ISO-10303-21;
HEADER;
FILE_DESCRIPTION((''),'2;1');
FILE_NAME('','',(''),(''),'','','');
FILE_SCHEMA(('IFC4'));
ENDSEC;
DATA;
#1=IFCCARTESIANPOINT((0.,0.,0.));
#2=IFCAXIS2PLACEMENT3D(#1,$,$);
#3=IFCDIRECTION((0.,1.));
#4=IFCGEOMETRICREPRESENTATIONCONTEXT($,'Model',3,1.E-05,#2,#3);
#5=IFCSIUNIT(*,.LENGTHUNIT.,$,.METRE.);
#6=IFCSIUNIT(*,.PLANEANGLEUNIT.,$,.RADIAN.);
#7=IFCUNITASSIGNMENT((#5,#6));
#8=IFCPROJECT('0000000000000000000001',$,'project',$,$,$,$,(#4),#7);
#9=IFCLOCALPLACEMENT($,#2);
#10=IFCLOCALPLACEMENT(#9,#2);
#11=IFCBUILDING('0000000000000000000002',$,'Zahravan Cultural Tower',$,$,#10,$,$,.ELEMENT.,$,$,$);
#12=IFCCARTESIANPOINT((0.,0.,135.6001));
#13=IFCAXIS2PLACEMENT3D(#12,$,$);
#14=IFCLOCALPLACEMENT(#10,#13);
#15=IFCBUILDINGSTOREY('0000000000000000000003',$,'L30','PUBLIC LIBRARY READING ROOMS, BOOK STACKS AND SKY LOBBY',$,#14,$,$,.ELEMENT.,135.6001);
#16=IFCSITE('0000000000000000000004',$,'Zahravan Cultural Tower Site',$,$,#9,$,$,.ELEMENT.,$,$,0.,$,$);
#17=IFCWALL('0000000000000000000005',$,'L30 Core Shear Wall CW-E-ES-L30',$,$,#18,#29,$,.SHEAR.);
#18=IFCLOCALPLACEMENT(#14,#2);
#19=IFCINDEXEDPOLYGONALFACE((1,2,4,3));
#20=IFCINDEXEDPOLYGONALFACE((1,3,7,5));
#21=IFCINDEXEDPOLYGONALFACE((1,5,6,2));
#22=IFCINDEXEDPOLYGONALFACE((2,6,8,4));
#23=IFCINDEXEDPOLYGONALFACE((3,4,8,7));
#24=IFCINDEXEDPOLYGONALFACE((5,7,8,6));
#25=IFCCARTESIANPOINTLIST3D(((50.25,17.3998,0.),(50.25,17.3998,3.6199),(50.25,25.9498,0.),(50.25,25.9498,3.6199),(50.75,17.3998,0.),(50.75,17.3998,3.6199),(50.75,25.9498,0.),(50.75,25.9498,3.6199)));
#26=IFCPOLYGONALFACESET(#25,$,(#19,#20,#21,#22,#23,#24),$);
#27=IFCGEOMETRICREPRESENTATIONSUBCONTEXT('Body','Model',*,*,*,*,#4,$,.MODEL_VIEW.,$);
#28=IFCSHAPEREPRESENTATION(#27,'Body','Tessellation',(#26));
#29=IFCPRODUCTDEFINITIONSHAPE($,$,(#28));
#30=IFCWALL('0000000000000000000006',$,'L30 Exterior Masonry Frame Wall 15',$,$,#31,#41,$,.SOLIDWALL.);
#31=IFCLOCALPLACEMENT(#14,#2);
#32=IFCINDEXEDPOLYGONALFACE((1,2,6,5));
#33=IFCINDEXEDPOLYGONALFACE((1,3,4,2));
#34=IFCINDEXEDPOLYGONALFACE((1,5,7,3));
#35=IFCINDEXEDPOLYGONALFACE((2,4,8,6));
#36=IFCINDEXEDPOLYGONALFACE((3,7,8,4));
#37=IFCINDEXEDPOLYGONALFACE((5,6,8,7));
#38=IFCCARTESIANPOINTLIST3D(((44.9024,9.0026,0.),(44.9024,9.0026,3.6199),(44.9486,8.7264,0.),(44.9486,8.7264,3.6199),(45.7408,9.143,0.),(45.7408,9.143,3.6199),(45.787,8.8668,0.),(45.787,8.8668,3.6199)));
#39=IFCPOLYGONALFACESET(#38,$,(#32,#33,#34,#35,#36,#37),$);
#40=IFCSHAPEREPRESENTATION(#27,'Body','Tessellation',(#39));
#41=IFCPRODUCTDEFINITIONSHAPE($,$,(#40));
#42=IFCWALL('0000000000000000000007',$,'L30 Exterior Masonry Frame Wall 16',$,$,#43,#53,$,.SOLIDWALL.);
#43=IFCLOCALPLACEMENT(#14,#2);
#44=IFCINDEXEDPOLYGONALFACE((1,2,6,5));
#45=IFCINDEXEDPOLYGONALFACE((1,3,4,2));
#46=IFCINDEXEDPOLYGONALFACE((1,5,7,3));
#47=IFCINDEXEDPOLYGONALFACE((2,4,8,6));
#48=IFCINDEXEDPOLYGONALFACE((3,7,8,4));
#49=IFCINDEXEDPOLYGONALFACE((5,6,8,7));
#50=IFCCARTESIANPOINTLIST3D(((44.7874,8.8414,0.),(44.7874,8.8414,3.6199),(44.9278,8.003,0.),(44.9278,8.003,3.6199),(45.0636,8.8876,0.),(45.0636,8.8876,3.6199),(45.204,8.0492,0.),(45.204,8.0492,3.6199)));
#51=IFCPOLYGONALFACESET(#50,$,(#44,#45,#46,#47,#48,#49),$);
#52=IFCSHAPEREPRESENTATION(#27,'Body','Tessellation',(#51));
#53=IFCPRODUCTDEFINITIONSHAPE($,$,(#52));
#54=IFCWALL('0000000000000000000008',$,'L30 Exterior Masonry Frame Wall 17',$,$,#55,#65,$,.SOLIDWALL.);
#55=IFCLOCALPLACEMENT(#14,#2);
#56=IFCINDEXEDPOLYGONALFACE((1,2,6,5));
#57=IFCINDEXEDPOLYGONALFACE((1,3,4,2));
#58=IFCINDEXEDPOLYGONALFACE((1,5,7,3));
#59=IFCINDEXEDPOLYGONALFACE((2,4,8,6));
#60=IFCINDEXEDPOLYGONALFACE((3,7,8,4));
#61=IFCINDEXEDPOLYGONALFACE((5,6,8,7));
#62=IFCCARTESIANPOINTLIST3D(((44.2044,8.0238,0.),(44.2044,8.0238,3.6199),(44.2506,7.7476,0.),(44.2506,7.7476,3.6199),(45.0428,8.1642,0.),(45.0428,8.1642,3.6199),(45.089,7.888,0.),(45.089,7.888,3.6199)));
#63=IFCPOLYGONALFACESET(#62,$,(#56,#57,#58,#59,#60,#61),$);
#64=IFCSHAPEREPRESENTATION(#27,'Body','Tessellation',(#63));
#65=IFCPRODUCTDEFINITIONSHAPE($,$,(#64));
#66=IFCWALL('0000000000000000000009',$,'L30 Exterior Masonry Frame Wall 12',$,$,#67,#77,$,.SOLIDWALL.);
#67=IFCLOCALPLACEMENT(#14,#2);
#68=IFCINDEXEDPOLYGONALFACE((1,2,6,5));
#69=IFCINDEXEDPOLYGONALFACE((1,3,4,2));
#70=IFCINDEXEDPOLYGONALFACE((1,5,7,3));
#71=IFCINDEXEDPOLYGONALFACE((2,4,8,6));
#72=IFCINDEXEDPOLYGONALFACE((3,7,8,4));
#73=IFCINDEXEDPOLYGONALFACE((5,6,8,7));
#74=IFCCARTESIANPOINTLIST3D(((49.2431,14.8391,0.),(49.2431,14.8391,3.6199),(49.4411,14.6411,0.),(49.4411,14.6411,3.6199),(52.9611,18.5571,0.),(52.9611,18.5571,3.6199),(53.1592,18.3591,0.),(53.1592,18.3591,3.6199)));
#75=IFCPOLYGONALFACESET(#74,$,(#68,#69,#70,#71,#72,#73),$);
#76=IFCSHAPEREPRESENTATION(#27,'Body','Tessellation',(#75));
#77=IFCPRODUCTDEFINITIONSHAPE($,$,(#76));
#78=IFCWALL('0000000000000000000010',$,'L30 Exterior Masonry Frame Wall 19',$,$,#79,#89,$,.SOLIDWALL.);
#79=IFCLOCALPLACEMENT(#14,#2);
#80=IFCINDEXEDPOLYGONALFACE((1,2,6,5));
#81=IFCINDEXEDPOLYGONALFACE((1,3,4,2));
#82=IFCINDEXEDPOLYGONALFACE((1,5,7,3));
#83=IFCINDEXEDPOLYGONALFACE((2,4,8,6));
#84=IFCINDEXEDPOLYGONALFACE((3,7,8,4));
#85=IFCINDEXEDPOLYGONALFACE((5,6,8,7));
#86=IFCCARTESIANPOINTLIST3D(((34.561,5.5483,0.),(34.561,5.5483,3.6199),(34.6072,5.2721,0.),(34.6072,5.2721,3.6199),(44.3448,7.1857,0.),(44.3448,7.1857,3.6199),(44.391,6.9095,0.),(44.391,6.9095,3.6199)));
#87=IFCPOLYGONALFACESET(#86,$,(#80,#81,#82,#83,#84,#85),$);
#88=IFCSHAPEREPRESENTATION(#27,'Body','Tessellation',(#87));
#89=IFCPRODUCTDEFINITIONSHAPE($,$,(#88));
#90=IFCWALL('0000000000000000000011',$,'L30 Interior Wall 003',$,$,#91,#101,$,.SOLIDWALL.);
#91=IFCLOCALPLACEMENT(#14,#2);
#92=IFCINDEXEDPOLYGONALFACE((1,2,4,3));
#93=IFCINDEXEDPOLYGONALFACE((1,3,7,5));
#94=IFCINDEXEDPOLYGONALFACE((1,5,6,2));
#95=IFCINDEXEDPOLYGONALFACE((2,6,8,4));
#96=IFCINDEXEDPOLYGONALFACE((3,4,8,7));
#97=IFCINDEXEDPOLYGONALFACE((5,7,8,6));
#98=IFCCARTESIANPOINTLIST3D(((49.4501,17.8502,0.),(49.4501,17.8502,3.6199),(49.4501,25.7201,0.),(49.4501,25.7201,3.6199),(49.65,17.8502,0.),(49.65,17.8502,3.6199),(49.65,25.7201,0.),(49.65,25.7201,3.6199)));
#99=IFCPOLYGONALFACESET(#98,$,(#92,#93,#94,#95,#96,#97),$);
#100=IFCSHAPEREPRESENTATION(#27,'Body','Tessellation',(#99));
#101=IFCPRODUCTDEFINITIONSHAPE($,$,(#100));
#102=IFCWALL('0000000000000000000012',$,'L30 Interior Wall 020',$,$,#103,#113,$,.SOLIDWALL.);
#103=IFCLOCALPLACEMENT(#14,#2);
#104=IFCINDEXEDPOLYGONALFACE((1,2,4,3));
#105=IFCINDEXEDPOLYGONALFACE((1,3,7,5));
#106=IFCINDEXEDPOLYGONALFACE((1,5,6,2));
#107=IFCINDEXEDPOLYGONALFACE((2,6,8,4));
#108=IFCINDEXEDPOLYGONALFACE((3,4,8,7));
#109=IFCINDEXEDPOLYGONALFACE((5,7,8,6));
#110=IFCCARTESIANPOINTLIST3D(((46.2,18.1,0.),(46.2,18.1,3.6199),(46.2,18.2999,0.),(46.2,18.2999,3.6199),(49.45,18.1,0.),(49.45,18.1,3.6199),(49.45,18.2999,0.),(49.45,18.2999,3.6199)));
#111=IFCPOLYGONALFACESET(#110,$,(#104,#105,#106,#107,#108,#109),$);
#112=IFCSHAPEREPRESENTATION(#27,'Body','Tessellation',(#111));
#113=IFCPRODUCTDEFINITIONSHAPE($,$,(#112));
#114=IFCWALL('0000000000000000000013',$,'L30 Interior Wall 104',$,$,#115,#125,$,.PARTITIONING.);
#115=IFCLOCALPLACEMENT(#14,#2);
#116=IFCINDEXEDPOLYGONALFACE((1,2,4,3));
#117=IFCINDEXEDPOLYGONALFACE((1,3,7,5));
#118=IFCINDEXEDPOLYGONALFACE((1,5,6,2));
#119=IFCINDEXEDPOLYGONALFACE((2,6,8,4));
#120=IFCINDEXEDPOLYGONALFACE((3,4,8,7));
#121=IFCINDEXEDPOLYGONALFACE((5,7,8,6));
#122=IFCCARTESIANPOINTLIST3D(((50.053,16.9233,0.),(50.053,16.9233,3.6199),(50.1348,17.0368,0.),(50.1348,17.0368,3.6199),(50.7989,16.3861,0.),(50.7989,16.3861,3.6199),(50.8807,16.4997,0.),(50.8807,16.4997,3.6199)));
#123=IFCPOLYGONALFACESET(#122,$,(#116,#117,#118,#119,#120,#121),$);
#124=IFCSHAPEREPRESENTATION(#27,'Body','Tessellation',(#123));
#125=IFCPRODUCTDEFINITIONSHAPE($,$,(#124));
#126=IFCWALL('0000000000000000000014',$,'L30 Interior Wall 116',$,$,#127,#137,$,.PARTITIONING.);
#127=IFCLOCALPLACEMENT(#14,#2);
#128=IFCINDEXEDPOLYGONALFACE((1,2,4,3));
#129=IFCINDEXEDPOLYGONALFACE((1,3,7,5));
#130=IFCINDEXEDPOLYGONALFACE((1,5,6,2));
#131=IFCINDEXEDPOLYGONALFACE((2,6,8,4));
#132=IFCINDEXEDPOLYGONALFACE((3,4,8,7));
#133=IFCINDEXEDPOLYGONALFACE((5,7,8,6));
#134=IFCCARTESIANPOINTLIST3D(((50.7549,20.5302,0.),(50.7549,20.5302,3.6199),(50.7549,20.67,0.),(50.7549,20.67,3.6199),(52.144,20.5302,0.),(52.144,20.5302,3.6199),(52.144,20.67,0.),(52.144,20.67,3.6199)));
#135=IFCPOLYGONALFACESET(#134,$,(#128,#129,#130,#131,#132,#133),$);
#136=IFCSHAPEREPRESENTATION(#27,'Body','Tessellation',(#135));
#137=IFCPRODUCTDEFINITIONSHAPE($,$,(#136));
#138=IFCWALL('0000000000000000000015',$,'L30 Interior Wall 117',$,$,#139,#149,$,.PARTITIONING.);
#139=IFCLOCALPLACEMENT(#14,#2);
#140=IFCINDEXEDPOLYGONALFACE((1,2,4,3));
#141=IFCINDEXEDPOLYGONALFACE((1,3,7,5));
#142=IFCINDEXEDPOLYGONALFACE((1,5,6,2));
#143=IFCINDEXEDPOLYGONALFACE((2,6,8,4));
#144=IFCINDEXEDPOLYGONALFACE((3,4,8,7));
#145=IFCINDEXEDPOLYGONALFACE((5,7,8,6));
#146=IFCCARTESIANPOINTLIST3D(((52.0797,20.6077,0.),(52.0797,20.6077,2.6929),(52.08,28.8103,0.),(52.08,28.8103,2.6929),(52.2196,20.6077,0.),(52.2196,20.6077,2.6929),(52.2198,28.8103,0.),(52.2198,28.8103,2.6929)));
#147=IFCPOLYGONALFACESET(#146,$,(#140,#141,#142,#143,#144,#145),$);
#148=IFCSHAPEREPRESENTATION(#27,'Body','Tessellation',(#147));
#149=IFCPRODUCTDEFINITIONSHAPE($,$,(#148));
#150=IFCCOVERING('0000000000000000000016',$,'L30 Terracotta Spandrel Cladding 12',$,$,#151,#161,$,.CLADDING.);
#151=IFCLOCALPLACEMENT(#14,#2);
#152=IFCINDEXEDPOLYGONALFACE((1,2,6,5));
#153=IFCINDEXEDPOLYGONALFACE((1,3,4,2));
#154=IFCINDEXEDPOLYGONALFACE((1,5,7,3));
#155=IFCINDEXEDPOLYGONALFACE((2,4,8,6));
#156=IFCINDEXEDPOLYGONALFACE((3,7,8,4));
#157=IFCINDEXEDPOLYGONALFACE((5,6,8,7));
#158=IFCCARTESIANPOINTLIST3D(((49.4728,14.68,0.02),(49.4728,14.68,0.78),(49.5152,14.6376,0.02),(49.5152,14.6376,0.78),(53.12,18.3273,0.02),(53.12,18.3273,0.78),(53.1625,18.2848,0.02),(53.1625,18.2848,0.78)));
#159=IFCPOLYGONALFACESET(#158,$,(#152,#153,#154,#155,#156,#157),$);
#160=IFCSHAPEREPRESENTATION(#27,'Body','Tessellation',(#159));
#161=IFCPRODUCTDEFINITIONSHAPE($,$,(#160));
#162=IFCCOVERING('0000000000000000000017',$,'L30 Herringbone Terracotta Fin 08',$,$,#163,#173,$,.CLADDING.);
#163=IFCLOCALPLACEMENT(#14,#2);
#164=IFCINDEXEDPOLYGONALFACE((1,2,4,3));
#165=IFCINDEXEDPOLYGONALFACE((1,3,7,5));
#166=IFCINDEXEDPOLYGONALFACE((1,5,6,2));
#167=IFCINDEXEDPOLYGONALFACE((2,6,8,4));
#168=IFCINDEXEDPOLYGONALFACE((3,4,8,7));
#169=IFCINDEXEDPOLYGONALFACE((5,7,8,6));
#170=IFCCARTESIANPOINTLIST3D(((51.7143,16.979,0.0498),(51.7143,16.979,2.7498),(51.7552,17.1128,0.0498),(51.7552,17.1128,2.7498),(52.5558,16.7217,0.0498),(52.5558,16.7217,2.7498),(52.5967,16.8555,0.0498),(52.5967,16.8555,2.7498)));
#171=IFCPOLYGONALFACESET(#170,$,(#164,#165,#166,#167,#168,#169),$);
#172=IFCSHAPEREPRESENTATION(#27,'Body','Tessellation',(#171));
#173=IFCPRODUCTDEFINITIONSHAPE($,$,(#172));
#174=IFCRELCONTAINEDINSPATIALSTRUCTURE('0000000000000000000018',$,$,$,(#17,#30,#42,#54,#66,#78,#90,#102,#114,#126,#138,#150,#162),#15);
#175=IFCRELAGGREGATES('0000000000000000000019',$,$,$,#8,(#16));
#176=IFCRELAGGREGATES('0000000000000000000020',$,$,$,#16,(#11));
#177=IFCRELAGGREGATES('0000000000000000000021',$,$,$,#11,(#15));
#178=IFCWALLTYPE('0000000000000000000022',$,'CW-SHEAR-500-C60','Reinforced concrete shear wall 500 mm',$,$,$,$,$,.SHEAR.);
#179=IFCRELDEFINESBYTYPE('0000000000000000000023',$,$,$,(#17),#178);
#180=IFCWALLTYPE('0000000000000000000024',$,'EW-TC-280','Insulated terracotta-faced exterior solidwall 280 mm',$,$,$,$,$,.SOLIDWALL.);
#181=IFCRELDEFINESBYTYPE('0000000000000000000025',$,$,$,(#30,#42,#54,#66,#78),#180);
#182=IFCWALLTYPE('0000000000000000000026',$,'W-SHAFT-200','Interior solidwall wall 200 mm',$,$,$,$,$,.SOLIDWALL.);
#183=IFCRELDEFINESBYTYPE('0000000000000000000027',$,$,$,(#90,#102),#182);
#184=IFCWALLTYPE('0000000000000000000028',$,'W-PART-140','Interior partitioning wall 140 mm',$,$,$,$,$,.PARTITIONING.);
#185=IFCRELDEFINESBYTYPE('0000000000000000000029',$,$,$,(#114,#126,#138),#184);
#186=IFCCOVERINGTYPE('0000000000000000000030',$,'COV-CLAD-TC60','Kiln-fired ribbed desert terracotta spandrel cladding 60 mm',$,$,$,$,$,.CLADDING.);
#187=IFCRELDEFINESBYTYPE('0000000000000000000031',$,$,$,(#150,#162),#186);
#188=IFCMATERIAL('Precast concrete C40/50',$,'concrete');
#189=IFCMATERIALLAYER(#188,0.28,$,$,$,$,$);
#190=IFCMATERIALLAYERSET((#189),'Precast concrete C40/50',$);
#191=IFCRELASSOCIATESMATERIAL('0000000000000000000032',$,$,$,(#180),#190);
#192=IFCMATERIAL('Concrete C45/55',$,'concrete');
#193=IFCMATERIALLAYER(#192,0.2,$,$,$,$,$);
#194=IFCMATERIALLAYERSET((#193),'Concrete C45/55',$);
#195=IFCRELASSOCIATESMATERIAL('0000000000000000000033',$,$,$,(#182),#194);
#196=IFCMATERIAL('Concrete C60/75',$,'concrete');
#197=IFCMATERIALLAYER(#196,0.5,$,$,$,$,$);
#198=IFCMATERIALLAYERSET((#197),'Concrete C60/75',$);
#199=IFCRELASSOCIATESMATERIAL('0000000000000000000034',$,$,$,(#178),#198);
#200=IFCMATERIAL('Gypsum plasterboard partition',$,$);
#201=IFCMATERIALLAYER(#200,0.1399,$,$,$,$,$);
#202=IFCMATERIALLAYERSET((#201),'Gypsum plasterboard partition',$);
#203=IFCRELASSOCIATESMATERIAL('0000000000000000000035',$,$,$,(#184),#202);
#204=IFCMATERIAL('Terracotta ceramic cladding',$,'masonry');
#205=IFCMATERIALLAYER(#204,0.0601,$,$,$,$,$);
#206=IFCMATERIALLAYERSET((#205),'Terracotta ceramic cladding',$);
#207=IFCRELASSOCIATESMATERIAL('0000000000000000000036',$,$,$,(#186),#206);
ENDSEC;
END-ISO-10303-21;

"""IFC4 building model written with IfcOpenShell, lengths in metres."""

from ifc_helpers import new_model, si_unit, direction, frame, frame_2d, origin, origin_2d, place, context, subcontext, project, spatial, rectangle, extrude, source, transform, mapped, material, layer, layer_set, type_object, element, save


model = new_model("IFC4")

# Units and contexts
model_context = context("Model", 3, precision=1e-05, world=origin(), true_north=direction((0.0, 1.0)))
body_context = subcontext(model_context, "Body", "Model", "MODEL_VIEW")
ifc_project = project(units=[si_unit("LENGTHUNIT", "METRE"), si_unit("PLANEANGLEUNIT", "RADIAN")], contexts=[model_context])

# Site, building, storey
site_placement = place(None, origin())
site = spatial("IfcSite", under=ifc_project, at=site_placement, Name="Zahravan Cultural Tower Site", CompositionType="ELEMENT", RefElevation=0.0)
building_placement = place(site_placement, origin())
building = spatial("IfcBuilding", under=site, at=building_placement, Name="Zahravan Cultural Tower", CompositionType="ELEMENT")
storey_placement = place(building_placement, frame((0.0, 0.0, 135.6001)))
storey = spatial("IfcBuildingStorey", under=building, at=storey_placement, Name="L30", Description="PUBLIC LIBRARY READING ROOMS, BOOK STACKS AND SKY LOBBY", CompositionType="ELEMENT", Elevation=135.6001)

# Shared definitions
ifc_material_1 = material(Name="Precast concrete C40/50", Category="concrete")
ifc_layer_1 = layer(ifc_material_1, 0.28)
ifc_layer_set_1 = layer_set([ifc_layer_1], Name="Precast concrete C40/50")
wall_type_1 = type_object("IfcWallType", Name="EW-TC-280", Description="Insulated terracotta-faced exterior solidwall 280 mm", PredefinedType="SOLIDWALL", material=ifc_layer_set_1)

# Shared definitions
ifc_material_2 = material(Name="Concrete C45/55", Category="concrete")
ifc_layer_2 = layer(ifc_material_2, 0.2)
ifc_layer_set_2 = layer_set([ifc_layer_2], Name="Concrete C45/55")
wall_type_2 = type_object("IfcWallType", Name="W-SHAFT-200", Description="Interior solidwall wall 200 mm", PredefinedType="SOLIDWALL", material=ifc_layer_set_2)

# Walls
ifc_material_3 = material(Name="Concrete C60/75", Category="concrete")
ifc_layer_3 = layer(ifc_material_3, 0.5)
ifc_layer_set_3 = layer_set([ifc_layer_3], Name="Concrete C60/75")
wall_type_3 = type_object("IfcWallType", Name="CW-SHEAR-500-C60", Description="Reinforced concrete shear wall 500 mm", PredefinedType="SHEAR", material=ifc_layer_set_3)
shared_shape_1 = source(origin(), body_context, "Body", "SweptSolid", [
    extrude(rectangle(XDim=8.55, YDim=0.5, at=frame_2d((4.2749, 0.0))), origin(), (0.0, 0.0, 1.0), 3.6199),
])
wall_1_placement = place(storey_placement, frame((50.5, 17.3999, 0.0), z_axis=(0.0, 0.0, 1.0), x_axis=(0.0, 1.0, 0.0)))
element("IfcWall", 1, at=wall_1_placement, inside=storey, type_object=wall_type_3, Name="L30 Core Shear Wall CW-E-ES-L30", PredefinedType="SHEAR", context=body_context, shape_type="MappedRepresentation", body=[
    mapped(shared_shape_1, transform((0.0, 0.0, 0.0), x_axis=(1.0, 0.0, 0.0), y_axis=(0.0, 1.0, 0.0), z_axis=(0.0, 0.0, 1.0), scale=1.0)),
])
shared_shape_2 = source(origin(), body_context, "Body", "SweptSolid", [
    extrude(rectangle(XDim=0.8501, YDim=0.28, at=frame_2d((0.425, 0.0))), origin(), (0.0, 0.0, 1.0), 3.6199),
])
for number, where, z_axis, x_axis, name in (
    (2, (45.7639, 9.0049, 0.0), (0.0, 0.0, 1.0), (-0.986269, -0.165144, 0.0), "L30 Exterior Masonry Frame Wall 15"),
    (3, (44.9255, 8.8645, 0.0), (0.0, 0.0, 1.0), (0.165144, -0.986269, 0.0), "L30 Exterior Masonry Frame Wall 16"),
    (4, (45.0659, 8.0261, 0.0), (0.0, 0.0, 1.0), (-0.986269, -0.165144, 0.0), "L30 Exterior Masonry Frame Wall 17"),
):
    element("IfcWall", number, at=place(storey_placement, frame(where, z_axis=z_axis, x_axis=x_axis)), inside=storey, type_object=wall_type_1, Name=name, PredefinedType="SOLIDWALL", context=body_context, shape_type="MappedRepresentation", body=[
        mapped(shared_shape_2, transform((0.0, 0.0, 0.0), x_axis=(1.0, 0.0, 0.0), y_axis=(0.0, 1.0, 0.0), z_axis=(0.0, 0.0, 1.0), scale=1.0)),
    ])
shared_shape_3 = source(origin(), body_context, "Body", "SweptSolid", [
    extrude(rectangle(XDim=5.2581, YDim=0.28, at=frame_2d((2.6289, 0.0))), origin(), (0.0, 0.0, 1.0), 3.6199),
])
wall_2_placement = place(storey_placement, frame((53.0601, 18.458, 0.0), z_axis=(0.0, 0.0, 1.0), x_axis=(-0.707107, -0.707107, 0.0)))
element("IfcWall", 5, at=wall_2_placement, inside=storey, type_object=wall_type_1, Name="L30 Exterior Masonry Frame Wall 12", PredefinedType="SOLIDWALL", context=body_context, shape_type="MappedRepresentation", body=[
    mapped(shared_shape_3, transform((0.0, 0.0, 0.0), x_axis=(1.0, 0.0, 0.0), y_axis=(0.0, 1.0, 0.0), z_axis=(0.0, 0.0, 1.0), scale=1.0)),
])
shared_shape_4 = source(origin(), body_context, "Body", "SweptSolid", [
    extrude(rectangle(XDim=9.9199, YDim=0.28, at=frame_2d((4.96, 0.0))), origin(), (0.0, 0.0, 1.0), 3.6199),
])
wall_3_placement = place(storey_placement, frame((44.3679, 7.0476, 0.0), z_axis=(0.0, 0.0, 1.0), x_axis=(-0.986283, -0.165065, 0.0)))
element("IfcWall", 6, at=wall_3_placement, inside=storey, type_object=wall_type_1, Name="L30 Exterior Masonry Frame Wall 19", PredefinedType="SOLIDWALL", context=body_context, shape_type="MappedRepresentation", body=[
    mapped(shared_shape_4, transform((0.0, 0.0, 0.0), x_axis=(1.0, 0.0, 0.0), y_axis=(0.0, 1.0, 0.0), z_axis=(0.0, 0.0, 1.0), scale=1.0)),
])
shared_shape_5 = source(origin(), body_context, "Body", "SweptSolid", [
    extrude(rectangle(XDim=7.8699, YDim=0.2, at=frame_2d((3.9351, 0.0))), origin(), (0.0, 0.0, 1.0), 3.6199),
])
wall_4_placement = place(storey_placement, frame((49.55, 17.8501, 0.0), z_axis=(0.0, 0.0, 1.0), x_axis=(0.0, 1.0, 0.0)))
element("IfcWall", 7, at=wall_4_placement, inside=storey, type_object=wall_type_2, Name="L30 Interior Wall 003", PredefinedType="SOLIDWALL", context=body_context, shape_type="MappedRepresentation", body=[
    mapped(shared_shape_5, transform((0.0, 0.0, 0.0), x_axis=(1.0, 0.0, 0.0), y_axis=(0.0, 1.0, 0.0), z_axis=(0.0, 0.0, 1.0), scale=1.0)),
])
shared_shape_6 = source(origin(), body_context, "Body", "SweptSolid", [
    extrude(rectangle(XDim=3.25, YDim=0.2, at=frame_2d((1.625, 0.0))), origin(), (0.0, 0.0, 1.0), 3.6199),
])
wall_5_placement = place(storey_placement, frame((46.2, 18.2, 0.0), z_axis=(0.0, 0.0, 1.0), x_axis=(1.0, 0.0, 0.0)))
element("IfcWall", 8, at=wall_5_placement, inside=storey, type_object=wall_type_2, Name="L30 Interior Wall 020", PredefinedType="SOLIDWALL", context=body_context, shape_type="MappedRepresentation", body=[
    mapped(shared_shape_6, transform((0.0, 0.0, 0.0), x_axis=(1.0, 0.0, 0.0), y_axis=(0.0, 1.0, 0.0), z_axis=(0.0, 0.0, 1.0), scale=1.0)),
])
ifc_material_4 = material(Name="Gypsum plasterboard partition")
ifc_layer_4 = layer(ifc_material_4, 0.1399)
ifc_layer_set_4 = layer_set([ifc_layer_4], Name="Gypsum plasterboard partition")
wall_type_4 = type_object("IfcWallType", Name="W-PART-140", Description="Interior partitioning wall 140 mm", PredefinedType="PARTITIONING", material=ifc_layer_set_4)
shared_shape_7 = source(origin(), body_context, "Body", "SweptSolid", [
    extrude(rectangle(XDim=0.9192, YDim=0.1399, at=frame_2d((0.4595, 0.0))), origin(), (0.0, 0.0, 1.0), 3.6199),
])
wall_6_placement = place(storey_placement, frame((50.094, 16.98, 0.0), z_axis=(0.0, 0.0, 1.0), x_axis=(0.811484, -0.584375, 0.0)))
element("IfcWall", 9, at=wall_6_placement, inside=storey, type_object=wall_type_4, Name="L30 Interior Wall 104", PredefinedType="PARTITIONING", context=body_context, shape_type="MappedRepresentation", body=[
    mapped(shared_shape_7, transform((0.0, 0.0, 0.0), x_axis=(1.0, 0.0, 0.0), y_axis=(0.0, 1.0, 0.0), z_axis=(0.0, 0.0, 1.0), scale=1.0)),
])
shared_shape_8 = source(origin(), body_context, "Body", "SweptSolid", [
    extrude(rectangle(XDim=1.3892, YDim=0.1399, at=frame_2d((0.6946, 0.0))), origin(), (0.0, 0.0, 1.0), 3.6199),
])
wall_7_placement = place(storey_placement, frame((50.7549, 20.6001, 0.0), z_axis=(0.0, 0.0, 1.0), x_axis=(1.0, 0.0, 0.0)))
element("IfcWall", 10, at=wall_7_placement, inside=storey, type_object=wall_type_4, Name="L30 Interior Wall 116", PredefinedType="PARTITIONING", context=body_context, shape_type="MappedRepresentation", body=[
    mapped(shared_shape_8, transform((0.0, 0.0, 0.0), x_axis=(1.0, 0.0, 0.0), y_axis=(0.0, 1.0, 0.0), z_axis=(0.0, 0.0, 1.0), scale=1.0)),
])
shared_shape_9 = source(origin(), body_context, "Body", "SweptSolid", [
    extrude(rectangle(XDim=8.2026, YDim=0.1399, at=frame_2d((4.1013, 0.0))), origin(), (0.0, 0.0, 1.0), 2.6929),
])
wall_8_placement = place(storey_placement, frame((52.1497, 20.6077, 0.0), z_axis=(0.0, 0.0, 1.0), x_axis=(0.00003, 1.0, 0.0)))
element("IfcWall", 11, at=wall_8_placement, inside=storey, type_object=wall_type_4, Name="L30 Interior Wall 117", PredefinedType="PARTITIONING", context=body_context, shape_type="MappedRepresentation", body=[
    mapped(shared_shape_9, transform((0.0, 0.0, 0.0), x_axis=(1.0, 0.0, 0.0), y_axis=(0.0, 1.0, 0.0), z_axis=(0.0, 0.0, 1.0), scale=1.0)),
])

# Coverings
ifc_material_5 = material(Name="Terracotta ceramic cladding", Category="masonry")
ifc_layer_5 = layer(ifc_material_5, 0.0601)
ifc_layer_set_5 = layer_set([ifc_layer_5], Name="Terracotta ceramic cladding")
covering_type = type_object("IfcCoveringType", Name="COV-CLAD-TC60", Description="Kiln-fired ribbed desert terracotta spandrel cladding 60 mm", PredefinedType="CLADDING", material=ifc_layer_set_5)
shared_shape_10 = source(origin(), body_context, "Body", "SweptSolid", [
    extrude(rectangle(XDim=5.158, YDim=0.0601, at=origin_2d()), origin(), (0.0, 0.0, 1.0), 0.76),
])
covering_1_placement = place(storey_placement, frame((51.3176, 16.4824, 0.02), z_axis=(0.0, 0.0, 1.0), x_axis=(-0.707107, -0.707107, 0.0)))
element("IfcCovering", 12, at=covering_1_placement, inside=storey, type_object=covering_type, Name="L30 Terracotta Spandrel Cladding 12", PredefinedType="CLADDING", context=body_context, shape_type="MappedRepresentation", body=[
    mapped(shared_shape_10, transform((0.0, 0.0, 0.0), x_axis=(1.0, 0.0, 0.0), y_axis=(0.0, 1.0, 0.0), z_axis=(0.0, 0.0, 1.0), scale=1.0)),
])
shared_shape_11 = source(origin(), body_context, "Body", "SweptSolid", [
    extrude(rectangle(XDim=0.8799, YDim=0.1399, at=origin_2d()), origin(), (0.0, 0.0, 1.0), 2.7),
])
for number, where, z_axis, x_axis, name in (
    (13, (52.1555, 16.9172, 0.0498), (0.0, 0.0, 1.0), (0.956305, -0.292372, 0.0), "L30 Herringbone Terracotta Fin 08"),
):
    element("IfcCovering", number, at=place(storey_placement, frame(where, z_axis=z_axis, x_axis=x_axis)), inside=storey, type_object=covering_type, Name=name, PredefinedType="CLADDING", context=body_context, shape_type="MappedRepresentation", body=[
        mapped(shared_shape_11, transform((0.0, 0.0, 0.0), x_axis=(1.0, 0.0, 0.0), y_axis=(0.0, 1.0, 0.0), z_axis=(0.0, 0.0, 1.0), scale=1.0)),
    ])

save(model, "model.ifc")
